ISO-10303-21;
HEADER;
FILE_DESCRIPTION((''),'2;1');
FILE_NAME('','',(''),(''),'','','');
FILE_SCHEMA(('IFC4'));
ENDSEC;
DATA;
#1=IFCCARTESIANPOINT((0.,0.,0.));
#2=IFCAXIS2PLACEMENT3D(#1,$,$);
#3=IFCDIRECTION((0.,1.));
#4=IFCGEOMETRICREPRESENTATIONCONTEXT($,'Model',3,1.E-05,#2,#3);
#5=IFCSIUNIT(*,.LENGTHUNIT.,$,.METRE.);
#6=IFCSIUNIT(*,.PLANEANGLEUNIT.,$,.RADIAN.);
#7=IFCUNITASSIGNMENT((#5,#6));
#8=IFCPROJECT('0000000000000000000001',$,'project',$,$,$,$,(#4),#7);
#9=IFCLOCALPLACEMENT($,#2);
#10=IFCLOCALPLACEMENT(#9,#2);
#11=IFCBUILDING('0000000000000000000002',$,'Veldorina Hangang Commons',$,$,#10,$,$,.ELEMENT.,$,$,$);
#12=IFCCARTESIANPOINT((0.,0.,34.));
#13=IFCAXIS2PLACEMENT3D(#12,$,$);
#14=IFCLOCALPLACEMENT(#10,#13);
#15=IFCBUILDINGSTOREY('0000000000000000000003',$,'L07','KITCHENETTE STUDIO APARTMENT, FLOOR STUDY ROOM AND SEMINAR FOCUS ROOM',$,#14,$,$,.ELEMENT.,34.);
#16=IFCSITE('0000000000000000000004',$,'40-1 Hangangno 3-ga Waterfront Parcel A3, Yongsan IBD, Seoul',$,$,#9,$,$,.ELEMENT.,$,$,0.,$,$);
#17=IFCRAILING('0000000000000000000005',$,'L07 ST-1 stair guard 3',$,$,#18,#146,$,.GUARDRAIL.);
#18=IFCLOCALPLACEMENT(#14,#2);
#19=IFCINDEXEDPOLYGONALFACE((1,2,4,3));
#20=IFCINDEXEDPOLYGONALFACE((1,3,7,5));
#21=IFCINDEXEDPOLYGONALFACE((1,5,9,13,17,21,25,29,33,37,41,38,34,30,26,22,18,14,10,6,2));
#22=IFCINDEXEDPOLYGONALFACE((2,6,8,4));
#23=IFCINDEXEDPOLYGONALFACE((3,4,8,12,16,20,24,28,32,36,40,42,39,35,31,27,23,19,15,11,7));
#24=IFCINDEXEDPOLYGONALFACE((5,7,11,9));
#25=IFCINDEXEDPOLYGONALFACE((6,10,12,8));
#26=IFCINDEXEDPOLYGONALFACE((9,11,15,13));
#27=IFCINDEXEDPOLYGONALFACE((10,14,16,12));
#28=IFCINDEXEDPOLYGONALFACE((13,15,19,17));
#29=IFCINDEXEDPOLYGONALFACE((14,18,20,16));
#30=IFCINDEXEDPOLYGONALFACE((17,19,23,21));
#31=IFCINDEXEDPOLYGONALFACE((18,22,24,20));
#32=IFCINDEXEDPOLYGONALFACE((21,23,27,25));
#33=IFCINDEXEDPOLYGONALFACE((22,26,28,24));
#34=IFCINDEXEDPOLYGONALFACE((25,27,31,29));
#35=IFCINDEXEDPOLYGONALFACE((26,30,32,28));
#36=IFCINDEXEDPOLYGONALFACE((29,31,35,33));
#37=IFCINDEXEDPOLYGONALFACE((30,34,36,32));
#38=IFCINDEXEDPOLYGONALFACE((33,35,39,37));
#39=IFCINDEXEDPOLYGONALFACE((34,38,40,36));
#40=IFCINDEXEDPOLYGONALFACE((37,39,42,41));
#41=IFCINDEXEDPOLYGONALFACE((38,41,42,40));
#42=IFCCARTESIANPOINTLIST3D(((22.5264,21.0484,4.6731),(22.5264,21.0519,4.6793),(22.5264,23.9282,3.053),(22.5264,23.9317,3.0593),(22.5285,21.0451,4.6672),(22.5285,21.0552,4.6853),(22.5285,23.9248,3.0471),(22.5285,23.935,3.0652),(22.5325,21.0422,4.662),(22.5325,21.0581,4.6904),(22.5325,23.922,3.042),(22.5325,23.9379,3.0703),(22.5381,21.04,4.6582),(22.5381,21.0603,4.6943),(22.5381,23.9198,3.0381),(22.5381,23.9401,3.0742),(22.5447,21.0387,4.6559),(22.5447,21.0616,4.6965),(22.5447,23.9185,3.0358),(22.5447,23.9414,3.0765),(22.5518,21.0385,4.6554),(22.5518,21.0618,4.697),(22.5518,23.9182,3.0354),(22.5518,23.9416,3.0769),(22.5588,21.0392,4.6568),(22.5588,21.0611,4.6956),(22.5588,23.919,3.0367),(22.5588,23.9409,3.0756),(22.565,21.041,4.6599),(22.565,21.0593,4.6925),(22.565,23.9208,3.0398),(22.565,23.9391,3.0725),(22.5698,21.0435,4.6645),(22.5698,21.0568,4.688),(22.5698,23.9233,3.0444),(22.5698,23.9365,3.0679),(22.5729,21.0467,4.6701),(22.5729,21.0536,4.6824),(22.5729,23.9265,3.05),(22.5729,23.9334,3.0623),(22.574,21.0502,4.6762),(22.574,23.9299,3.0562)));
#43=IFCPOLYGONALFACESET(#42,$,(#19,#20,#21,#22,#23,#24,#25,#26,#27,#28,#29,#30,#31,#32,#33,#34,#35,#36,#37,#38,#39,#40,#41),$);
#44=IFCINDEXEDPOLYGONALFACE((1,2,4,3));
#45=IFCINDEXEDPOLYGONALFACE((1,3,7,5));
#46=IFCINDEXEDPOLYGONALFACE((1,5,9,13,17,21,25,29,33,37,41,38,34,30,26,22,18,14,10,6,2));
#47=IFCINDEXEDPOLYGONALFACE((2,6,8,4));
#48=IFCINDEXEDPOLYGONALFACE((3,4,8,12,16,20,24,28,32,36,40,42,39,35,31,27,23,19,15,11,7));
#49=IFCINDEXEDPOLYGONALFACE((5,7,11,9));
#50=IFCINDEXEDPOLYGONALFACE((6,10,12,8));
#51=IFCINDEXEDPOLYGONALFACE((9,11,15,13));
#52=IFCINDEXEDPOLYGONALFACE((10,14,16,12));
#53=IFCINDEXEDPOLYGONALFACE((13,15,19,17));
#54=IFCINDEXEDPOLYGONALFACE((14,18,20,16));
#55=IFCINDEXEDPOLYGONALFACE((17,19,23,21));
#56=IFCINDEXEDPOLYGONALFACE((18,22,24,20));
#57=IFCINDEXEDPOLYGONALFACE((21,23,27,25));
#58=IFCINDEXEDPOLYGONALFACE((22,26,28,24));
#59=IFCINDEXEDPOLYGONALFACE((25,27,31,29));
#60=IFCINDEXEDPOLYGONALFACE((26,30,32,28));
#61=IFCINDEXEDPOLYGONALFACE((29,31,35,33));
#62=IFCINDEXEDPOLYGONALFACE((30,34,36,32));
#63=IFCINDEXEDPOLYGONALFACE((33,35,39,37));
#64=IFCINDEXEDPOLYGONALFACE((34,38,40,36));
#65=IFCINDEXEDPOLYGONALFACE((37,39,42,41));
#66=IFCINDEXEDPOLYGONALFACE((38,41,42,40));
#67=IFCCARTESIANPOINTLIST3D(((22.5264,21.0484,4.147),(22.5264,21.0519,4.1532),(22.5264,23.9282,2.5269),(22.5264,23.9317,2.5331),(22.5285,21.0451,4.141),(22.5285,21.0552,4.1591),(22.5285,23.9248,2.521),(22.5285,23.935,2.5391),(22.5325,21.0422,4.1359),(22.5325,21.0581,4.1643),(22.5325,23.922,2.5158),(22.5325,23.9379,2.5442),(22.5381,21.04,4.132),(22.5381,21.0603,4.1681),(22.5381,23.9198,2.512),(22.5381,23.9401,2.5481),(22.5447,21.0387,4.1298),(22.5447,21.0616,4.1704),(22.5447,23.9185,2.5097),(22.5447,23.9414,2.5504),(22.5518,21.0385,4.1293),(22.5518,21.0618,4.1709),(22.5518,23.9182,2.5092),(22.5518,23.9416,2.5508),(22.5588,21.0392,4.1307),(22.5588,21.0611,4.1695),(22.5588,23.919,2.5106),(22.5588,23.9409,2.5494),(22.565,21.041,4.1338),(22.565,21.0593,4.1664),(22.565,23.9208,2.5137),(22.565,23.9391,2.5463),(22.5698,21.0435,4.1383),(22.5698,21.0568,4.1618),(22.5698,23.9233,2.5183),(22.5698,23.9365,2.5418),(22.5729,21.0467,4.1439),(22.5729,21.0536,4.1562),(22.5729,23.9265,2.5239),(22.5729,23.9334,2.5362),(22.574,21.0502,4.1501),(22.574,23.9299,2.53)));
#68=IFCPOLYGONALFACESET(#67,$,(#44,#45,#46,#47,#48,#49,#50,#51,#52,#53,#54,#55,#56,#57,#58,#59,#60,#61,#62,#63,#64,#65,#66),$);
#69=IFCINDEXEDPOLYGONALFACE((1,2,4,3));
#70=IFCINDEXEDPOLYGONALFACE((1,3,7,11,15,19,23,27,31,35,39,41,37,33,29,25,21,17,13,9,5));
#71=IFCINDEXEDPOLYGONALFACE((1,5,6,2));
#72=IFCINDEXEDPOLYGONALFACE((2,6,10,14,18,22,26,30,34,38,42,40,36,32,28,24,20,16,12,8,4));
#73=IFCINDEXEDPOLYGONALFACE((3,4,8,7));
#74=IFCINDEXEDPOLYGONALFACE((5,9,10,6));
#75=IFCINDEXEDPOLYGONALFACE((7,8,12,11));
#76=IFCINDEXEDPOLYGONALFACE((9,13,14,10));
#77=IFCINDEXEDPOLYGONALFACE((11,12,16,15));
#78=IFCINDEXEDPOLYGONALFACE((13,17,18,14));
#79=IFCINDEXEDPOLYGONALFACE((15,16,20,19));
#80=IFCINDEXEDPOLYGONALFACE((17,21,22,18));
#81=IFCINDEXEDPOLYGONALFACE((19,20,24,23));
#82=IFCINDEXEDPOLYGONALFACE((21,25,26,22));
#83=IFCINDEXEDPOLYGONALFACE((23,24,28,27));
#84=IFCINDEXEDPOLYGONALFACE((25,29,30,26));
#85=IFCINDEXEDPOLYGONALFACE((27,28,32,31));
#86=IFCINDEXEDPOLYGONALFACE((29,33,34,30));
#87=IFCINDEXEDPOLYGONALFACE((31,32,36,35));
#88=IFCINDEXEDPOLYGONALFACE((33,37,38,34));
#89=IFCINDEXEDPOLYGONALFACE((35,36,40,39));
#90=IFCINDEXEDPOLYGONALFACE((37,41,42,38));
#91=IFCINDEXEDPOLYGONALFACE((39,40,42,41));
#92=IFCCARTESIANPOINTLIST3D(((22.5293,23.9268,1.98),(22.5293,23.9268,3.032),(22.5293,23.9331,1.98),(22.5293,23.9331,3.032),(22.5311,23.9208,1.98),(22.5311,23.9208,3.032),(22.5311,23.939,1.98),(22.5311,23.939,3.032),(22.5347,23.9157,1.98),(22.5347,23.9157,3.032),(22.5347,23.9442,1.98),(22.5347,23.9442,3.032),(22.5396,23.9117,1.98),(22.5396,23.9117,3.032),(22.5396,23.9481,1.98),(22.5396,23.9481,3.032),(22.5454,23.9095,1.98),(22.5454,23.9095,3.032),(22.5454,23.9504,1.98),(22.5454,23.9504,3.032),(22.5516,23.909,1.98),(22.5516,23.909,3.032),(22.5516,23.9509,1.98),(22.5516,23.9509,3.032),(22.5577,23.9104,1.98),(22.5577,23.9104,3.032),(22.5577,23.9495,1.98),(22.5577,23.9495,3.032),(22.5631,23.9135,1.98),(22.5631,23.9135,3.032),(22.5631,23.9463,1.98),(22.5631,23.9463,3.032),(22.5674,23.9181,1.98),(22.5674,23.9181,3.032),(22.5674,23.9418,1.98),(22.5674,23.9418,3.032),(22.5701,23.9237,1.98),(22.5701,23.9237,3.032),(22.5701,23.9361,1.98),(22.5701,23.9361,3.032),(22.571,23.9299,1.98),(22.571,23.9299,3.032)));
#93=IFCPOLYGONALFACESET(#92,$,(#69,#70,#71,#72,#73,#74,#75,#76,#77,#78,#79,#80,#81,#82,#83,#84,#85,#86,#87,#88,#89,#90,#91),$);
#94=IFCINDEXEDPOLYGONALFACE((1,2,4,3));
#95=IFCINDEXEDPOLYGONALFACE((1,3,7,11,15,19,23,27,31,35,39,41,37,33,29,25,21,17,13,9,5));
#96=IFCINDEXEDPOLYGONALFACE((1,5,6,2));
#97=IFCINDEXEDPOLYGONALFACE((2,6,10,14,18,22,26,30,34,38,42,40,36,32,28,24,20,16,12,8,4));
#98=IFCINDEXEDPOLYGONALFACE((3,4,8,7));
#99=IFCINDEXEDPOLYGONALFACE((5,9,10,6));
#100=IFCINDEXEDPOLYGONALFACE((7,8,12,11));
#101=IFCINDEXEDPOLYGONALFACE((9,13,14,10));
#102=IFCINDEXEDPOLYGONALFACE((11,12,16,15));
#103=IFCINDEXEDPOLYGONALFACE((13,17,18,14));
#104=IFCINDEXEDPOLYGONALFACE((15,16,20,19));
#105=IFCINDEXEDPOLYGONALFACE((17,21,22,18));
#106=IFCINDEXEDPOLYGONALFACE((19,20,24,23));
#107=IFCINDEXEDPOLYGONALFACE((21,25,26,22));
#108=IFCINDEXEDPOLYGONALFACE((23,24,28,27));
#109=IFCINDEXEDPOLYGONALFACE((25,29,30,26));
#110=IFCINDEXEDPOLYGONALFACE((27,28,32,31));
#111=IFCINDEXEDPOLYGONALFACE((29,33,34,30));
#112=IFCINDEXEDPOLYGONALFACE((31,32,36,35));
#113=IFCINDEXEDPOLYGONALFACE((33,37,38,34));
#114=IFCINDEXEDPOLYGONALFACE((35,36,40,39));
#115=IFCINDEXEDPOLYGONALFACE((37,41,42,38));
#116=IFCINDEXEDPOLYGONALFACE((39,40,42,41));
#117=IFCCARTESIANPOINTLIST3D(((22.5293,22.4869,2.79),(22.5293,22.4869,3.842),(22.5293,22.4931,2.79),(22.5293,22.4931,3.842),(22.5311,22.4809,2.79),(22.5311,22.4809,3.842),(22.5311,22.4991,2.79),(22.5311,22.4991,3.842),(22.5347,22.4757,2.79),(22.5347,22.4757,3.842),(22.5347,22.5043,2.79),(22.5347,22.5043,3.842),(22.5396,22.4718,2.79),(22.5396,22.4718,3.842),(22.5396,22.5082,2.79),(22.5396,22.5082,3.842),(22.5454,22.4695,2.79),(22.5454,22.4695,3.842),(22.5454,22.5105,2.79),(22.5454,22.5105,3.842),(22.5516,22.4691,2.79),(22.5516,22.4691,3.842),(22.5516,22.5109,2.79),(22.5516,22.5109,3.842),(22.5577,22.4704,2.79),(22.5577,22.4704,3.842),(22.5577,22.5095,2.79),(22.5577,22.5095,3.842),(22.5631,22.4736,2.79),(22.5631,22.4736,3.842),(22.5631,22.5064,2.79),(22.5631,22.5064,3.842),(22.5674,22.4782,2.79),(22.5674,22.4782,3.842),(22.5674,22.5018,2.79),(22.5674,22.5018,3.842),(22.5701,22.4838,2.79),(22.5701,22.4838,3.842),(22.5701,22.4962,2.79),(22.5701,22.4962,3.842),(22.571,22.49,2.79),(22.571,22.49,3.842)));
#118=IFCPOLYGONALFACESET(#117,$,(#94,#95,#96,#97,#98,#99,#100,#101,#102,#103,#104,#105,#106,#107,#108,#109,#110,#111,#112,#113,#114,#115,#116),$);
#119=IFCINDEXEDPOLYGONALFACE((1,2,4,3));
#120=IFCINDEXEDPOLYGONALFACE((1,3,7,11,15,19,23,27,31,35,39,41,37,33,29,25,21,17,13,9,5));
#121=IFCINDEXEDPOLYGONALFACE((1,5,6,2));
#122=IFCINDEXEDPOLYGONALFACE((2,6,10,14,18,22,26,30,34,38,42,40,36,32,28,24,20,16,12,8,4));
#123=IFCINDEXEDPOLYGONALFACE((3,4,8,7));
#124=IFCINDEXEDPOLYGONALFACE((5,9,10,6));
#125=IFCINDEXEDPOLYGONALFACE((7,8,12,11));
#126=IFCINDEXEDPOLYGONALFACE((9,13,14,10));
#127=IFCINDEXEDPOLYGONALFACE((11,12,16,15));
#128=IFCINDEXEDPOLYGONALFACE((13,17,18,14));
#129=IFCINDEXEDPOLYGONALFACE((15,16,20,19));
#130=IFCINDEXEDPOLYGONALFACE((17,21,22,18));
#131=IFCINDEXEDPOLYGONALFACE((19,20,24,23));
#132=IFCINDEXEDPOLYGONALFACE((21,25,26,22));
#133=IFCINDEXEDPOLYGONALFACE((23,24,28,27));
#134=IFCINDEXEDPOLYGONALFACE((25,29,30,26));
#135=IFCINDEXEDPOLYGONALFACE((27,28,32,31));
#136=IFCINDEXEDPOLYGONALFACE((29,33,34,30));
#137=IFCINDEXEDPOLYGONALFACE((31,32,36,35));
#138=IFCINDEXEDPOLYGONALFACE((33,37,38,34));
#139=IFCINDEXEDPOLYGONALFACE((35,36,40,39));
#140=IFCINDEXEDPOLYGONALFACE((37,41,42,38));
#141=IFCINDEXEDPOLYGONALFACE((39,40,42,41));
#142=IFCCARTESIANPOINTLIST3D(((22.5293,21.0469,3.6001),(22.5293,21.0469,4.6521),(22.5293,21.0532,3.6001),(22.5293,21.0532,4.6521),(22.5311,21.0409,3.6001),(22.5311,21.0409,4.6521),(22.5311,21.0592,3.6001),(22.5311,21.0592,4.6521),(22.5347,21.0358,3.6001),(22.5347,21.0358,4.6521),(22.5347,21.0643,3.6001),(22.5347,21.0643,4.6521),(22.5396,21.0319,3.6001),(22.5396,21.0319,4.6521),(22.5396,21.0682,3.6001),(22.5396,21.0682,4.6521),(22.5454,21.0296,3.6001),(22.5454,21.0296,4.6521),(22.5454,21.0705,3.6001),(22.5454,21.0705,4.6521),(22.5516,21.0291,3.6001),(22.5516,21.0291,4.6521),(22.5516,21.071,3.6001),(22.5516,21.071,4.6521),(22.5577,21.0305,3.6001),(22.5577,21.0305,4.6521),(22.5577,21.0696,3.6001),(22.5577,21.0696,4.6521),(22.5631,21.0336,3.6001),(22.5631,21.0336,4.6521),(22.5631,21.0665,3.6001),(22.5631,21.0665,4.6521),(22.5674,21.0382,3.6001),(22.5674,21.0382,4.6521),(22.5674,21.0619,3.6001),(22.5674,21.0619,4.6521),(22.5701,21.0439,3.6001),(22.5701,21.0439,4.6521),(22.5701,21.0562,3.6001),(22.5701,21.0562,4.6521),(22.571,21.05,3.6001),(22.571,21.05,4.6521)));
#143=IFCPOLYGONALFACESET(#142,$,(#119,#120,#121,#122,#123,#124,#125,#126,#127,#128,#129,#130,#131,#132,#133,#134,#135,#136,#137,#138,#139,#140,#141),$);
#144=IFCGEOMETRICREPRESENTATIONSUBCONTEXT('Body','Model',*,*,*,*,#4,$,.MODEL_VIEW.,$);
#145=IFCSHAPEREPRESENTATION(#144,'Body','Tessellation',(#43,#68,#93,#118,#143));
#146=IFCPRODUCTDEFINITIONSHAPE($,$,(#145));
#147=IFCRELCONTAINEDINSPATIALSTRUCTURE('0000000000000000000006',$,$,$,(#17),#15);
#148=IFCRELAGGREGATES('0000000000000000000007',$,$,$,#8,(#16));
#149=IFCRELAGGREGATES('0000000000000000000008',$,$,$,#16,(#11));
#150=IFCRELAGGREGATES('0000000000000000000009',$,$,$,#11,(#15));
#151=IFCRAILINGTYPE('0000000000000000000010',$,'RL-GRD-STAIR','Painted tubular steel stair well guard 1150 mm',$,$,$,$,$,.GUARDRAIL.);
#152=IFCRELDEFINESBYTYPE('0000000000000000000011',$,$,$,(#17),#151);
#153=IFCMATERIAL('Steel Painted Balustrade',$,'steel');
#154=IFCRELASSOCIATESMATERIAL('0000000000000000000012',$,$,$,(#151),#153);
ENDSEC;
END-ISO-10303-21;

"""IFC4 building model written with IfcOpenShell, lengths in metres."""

from ifc_helpers import new_model, si_unit, direction, frame, origin, origin_2d, place, context, subcontext, project, spatial, circle, extrude, material, type_object, element, save


model = new_model("IFC4")

# Units and contexts
model_context = context("Model", 3, precision=1e-05, world=origin(), true_north=direction((0.0, 1.0)))
body_context = subcontext(model_context, "Body", "Model", "MODEL_VIEW")
ifc_project = project(units=[si_unit("LENGTHUNIT", "METRE"), si_unit("PLANEANGLEUNIT", "RADIAN")], contexts=[model_context])

# Site, building, storey
site_placement = place(None, origin())
site = spatial("IfcSite", under=ifc_project, at=site_placement, Name="40-1 Hangangno 3-ga Waterfront Parcel A3, Yongsan IBD, Seoul", CompositionType="ELEMENT", RefElevation=0.0)
building_placement = place(site_placement, origin())
building = spatial("IfcBuilding", under=site, at=building_placement, Name="Veldorina Hangang Commons", CompositionType="ELEMENT")
storey_placement = place(building_placement, frame((0.0, 0.0, 34.0)))
storey = spatial("IfcBuildingStorey", under=building, at=storey_placement, Name="L07", Description="KITCHENETTE STUDIO APARTMENT, FLOOR STUDY ROOM AND SEMINAR FOCUS ROOM", CompositionType="ELEMENT", Elevation=34.0)

# Railing
ifc_material_1 = material(Name="Steel Painted Balustrade", Category="steel")
railing_type_1 = type_object("IfcRailingType", Name="RL-GRD-STAIR", Description="Painted tubular steel stair well guard 1150 mm", PredefinedType="GUARDRAIL", material=ifc_material_1)
railing_1_placement = place(storey_placement, frame((22.55, 23.9299, 1.98)))
element("IfcRailing", 1, at=railing_1_placement, inside=storey, type_object=railing_type_1, Name="L07 ST-1 stair guard 3", PredefinedType="GUARDRAIL", context=body_context, shape_type="SweptSolid", body=[
    extrude(circle(Radius=0.0239, at=origin_2d()), frame((0.0, 0.0, 1.0762), z_axis=(0.0, -0.871552, 0.490303), x_axis=(1.0, 0.0, 0.0)), (0.0, 0.0, 1.0), 3.3042),
    extrude(circle(Radius=0.0239, at=origin_2d()), frame((0.0, 0.0, 0.55), z_axis=(0.0, -0.871552, 0.490303), x_axis=(1.0, 0.0, 0.0)), (0.0, 0.0, 1.0), 3.3042),
    extrude(circle(Radius=0.021, at=origin_2d()), origin(), (0.0, 0.0, 1.0), 1.052),
    extrude(circle(Radius=0.021, at=origin_2d()), frame((0.0, -1.4399, 0.8101)), (0.0, 0.0, 1.0), 1.052),
    extrude(circle(Radius=0.021, at=origin_2d()), frame((0.0, -2.8799, 1.6201)), (0.0, 0.0, 1.0), 1.052),
])

save(model, "model.ifc")
